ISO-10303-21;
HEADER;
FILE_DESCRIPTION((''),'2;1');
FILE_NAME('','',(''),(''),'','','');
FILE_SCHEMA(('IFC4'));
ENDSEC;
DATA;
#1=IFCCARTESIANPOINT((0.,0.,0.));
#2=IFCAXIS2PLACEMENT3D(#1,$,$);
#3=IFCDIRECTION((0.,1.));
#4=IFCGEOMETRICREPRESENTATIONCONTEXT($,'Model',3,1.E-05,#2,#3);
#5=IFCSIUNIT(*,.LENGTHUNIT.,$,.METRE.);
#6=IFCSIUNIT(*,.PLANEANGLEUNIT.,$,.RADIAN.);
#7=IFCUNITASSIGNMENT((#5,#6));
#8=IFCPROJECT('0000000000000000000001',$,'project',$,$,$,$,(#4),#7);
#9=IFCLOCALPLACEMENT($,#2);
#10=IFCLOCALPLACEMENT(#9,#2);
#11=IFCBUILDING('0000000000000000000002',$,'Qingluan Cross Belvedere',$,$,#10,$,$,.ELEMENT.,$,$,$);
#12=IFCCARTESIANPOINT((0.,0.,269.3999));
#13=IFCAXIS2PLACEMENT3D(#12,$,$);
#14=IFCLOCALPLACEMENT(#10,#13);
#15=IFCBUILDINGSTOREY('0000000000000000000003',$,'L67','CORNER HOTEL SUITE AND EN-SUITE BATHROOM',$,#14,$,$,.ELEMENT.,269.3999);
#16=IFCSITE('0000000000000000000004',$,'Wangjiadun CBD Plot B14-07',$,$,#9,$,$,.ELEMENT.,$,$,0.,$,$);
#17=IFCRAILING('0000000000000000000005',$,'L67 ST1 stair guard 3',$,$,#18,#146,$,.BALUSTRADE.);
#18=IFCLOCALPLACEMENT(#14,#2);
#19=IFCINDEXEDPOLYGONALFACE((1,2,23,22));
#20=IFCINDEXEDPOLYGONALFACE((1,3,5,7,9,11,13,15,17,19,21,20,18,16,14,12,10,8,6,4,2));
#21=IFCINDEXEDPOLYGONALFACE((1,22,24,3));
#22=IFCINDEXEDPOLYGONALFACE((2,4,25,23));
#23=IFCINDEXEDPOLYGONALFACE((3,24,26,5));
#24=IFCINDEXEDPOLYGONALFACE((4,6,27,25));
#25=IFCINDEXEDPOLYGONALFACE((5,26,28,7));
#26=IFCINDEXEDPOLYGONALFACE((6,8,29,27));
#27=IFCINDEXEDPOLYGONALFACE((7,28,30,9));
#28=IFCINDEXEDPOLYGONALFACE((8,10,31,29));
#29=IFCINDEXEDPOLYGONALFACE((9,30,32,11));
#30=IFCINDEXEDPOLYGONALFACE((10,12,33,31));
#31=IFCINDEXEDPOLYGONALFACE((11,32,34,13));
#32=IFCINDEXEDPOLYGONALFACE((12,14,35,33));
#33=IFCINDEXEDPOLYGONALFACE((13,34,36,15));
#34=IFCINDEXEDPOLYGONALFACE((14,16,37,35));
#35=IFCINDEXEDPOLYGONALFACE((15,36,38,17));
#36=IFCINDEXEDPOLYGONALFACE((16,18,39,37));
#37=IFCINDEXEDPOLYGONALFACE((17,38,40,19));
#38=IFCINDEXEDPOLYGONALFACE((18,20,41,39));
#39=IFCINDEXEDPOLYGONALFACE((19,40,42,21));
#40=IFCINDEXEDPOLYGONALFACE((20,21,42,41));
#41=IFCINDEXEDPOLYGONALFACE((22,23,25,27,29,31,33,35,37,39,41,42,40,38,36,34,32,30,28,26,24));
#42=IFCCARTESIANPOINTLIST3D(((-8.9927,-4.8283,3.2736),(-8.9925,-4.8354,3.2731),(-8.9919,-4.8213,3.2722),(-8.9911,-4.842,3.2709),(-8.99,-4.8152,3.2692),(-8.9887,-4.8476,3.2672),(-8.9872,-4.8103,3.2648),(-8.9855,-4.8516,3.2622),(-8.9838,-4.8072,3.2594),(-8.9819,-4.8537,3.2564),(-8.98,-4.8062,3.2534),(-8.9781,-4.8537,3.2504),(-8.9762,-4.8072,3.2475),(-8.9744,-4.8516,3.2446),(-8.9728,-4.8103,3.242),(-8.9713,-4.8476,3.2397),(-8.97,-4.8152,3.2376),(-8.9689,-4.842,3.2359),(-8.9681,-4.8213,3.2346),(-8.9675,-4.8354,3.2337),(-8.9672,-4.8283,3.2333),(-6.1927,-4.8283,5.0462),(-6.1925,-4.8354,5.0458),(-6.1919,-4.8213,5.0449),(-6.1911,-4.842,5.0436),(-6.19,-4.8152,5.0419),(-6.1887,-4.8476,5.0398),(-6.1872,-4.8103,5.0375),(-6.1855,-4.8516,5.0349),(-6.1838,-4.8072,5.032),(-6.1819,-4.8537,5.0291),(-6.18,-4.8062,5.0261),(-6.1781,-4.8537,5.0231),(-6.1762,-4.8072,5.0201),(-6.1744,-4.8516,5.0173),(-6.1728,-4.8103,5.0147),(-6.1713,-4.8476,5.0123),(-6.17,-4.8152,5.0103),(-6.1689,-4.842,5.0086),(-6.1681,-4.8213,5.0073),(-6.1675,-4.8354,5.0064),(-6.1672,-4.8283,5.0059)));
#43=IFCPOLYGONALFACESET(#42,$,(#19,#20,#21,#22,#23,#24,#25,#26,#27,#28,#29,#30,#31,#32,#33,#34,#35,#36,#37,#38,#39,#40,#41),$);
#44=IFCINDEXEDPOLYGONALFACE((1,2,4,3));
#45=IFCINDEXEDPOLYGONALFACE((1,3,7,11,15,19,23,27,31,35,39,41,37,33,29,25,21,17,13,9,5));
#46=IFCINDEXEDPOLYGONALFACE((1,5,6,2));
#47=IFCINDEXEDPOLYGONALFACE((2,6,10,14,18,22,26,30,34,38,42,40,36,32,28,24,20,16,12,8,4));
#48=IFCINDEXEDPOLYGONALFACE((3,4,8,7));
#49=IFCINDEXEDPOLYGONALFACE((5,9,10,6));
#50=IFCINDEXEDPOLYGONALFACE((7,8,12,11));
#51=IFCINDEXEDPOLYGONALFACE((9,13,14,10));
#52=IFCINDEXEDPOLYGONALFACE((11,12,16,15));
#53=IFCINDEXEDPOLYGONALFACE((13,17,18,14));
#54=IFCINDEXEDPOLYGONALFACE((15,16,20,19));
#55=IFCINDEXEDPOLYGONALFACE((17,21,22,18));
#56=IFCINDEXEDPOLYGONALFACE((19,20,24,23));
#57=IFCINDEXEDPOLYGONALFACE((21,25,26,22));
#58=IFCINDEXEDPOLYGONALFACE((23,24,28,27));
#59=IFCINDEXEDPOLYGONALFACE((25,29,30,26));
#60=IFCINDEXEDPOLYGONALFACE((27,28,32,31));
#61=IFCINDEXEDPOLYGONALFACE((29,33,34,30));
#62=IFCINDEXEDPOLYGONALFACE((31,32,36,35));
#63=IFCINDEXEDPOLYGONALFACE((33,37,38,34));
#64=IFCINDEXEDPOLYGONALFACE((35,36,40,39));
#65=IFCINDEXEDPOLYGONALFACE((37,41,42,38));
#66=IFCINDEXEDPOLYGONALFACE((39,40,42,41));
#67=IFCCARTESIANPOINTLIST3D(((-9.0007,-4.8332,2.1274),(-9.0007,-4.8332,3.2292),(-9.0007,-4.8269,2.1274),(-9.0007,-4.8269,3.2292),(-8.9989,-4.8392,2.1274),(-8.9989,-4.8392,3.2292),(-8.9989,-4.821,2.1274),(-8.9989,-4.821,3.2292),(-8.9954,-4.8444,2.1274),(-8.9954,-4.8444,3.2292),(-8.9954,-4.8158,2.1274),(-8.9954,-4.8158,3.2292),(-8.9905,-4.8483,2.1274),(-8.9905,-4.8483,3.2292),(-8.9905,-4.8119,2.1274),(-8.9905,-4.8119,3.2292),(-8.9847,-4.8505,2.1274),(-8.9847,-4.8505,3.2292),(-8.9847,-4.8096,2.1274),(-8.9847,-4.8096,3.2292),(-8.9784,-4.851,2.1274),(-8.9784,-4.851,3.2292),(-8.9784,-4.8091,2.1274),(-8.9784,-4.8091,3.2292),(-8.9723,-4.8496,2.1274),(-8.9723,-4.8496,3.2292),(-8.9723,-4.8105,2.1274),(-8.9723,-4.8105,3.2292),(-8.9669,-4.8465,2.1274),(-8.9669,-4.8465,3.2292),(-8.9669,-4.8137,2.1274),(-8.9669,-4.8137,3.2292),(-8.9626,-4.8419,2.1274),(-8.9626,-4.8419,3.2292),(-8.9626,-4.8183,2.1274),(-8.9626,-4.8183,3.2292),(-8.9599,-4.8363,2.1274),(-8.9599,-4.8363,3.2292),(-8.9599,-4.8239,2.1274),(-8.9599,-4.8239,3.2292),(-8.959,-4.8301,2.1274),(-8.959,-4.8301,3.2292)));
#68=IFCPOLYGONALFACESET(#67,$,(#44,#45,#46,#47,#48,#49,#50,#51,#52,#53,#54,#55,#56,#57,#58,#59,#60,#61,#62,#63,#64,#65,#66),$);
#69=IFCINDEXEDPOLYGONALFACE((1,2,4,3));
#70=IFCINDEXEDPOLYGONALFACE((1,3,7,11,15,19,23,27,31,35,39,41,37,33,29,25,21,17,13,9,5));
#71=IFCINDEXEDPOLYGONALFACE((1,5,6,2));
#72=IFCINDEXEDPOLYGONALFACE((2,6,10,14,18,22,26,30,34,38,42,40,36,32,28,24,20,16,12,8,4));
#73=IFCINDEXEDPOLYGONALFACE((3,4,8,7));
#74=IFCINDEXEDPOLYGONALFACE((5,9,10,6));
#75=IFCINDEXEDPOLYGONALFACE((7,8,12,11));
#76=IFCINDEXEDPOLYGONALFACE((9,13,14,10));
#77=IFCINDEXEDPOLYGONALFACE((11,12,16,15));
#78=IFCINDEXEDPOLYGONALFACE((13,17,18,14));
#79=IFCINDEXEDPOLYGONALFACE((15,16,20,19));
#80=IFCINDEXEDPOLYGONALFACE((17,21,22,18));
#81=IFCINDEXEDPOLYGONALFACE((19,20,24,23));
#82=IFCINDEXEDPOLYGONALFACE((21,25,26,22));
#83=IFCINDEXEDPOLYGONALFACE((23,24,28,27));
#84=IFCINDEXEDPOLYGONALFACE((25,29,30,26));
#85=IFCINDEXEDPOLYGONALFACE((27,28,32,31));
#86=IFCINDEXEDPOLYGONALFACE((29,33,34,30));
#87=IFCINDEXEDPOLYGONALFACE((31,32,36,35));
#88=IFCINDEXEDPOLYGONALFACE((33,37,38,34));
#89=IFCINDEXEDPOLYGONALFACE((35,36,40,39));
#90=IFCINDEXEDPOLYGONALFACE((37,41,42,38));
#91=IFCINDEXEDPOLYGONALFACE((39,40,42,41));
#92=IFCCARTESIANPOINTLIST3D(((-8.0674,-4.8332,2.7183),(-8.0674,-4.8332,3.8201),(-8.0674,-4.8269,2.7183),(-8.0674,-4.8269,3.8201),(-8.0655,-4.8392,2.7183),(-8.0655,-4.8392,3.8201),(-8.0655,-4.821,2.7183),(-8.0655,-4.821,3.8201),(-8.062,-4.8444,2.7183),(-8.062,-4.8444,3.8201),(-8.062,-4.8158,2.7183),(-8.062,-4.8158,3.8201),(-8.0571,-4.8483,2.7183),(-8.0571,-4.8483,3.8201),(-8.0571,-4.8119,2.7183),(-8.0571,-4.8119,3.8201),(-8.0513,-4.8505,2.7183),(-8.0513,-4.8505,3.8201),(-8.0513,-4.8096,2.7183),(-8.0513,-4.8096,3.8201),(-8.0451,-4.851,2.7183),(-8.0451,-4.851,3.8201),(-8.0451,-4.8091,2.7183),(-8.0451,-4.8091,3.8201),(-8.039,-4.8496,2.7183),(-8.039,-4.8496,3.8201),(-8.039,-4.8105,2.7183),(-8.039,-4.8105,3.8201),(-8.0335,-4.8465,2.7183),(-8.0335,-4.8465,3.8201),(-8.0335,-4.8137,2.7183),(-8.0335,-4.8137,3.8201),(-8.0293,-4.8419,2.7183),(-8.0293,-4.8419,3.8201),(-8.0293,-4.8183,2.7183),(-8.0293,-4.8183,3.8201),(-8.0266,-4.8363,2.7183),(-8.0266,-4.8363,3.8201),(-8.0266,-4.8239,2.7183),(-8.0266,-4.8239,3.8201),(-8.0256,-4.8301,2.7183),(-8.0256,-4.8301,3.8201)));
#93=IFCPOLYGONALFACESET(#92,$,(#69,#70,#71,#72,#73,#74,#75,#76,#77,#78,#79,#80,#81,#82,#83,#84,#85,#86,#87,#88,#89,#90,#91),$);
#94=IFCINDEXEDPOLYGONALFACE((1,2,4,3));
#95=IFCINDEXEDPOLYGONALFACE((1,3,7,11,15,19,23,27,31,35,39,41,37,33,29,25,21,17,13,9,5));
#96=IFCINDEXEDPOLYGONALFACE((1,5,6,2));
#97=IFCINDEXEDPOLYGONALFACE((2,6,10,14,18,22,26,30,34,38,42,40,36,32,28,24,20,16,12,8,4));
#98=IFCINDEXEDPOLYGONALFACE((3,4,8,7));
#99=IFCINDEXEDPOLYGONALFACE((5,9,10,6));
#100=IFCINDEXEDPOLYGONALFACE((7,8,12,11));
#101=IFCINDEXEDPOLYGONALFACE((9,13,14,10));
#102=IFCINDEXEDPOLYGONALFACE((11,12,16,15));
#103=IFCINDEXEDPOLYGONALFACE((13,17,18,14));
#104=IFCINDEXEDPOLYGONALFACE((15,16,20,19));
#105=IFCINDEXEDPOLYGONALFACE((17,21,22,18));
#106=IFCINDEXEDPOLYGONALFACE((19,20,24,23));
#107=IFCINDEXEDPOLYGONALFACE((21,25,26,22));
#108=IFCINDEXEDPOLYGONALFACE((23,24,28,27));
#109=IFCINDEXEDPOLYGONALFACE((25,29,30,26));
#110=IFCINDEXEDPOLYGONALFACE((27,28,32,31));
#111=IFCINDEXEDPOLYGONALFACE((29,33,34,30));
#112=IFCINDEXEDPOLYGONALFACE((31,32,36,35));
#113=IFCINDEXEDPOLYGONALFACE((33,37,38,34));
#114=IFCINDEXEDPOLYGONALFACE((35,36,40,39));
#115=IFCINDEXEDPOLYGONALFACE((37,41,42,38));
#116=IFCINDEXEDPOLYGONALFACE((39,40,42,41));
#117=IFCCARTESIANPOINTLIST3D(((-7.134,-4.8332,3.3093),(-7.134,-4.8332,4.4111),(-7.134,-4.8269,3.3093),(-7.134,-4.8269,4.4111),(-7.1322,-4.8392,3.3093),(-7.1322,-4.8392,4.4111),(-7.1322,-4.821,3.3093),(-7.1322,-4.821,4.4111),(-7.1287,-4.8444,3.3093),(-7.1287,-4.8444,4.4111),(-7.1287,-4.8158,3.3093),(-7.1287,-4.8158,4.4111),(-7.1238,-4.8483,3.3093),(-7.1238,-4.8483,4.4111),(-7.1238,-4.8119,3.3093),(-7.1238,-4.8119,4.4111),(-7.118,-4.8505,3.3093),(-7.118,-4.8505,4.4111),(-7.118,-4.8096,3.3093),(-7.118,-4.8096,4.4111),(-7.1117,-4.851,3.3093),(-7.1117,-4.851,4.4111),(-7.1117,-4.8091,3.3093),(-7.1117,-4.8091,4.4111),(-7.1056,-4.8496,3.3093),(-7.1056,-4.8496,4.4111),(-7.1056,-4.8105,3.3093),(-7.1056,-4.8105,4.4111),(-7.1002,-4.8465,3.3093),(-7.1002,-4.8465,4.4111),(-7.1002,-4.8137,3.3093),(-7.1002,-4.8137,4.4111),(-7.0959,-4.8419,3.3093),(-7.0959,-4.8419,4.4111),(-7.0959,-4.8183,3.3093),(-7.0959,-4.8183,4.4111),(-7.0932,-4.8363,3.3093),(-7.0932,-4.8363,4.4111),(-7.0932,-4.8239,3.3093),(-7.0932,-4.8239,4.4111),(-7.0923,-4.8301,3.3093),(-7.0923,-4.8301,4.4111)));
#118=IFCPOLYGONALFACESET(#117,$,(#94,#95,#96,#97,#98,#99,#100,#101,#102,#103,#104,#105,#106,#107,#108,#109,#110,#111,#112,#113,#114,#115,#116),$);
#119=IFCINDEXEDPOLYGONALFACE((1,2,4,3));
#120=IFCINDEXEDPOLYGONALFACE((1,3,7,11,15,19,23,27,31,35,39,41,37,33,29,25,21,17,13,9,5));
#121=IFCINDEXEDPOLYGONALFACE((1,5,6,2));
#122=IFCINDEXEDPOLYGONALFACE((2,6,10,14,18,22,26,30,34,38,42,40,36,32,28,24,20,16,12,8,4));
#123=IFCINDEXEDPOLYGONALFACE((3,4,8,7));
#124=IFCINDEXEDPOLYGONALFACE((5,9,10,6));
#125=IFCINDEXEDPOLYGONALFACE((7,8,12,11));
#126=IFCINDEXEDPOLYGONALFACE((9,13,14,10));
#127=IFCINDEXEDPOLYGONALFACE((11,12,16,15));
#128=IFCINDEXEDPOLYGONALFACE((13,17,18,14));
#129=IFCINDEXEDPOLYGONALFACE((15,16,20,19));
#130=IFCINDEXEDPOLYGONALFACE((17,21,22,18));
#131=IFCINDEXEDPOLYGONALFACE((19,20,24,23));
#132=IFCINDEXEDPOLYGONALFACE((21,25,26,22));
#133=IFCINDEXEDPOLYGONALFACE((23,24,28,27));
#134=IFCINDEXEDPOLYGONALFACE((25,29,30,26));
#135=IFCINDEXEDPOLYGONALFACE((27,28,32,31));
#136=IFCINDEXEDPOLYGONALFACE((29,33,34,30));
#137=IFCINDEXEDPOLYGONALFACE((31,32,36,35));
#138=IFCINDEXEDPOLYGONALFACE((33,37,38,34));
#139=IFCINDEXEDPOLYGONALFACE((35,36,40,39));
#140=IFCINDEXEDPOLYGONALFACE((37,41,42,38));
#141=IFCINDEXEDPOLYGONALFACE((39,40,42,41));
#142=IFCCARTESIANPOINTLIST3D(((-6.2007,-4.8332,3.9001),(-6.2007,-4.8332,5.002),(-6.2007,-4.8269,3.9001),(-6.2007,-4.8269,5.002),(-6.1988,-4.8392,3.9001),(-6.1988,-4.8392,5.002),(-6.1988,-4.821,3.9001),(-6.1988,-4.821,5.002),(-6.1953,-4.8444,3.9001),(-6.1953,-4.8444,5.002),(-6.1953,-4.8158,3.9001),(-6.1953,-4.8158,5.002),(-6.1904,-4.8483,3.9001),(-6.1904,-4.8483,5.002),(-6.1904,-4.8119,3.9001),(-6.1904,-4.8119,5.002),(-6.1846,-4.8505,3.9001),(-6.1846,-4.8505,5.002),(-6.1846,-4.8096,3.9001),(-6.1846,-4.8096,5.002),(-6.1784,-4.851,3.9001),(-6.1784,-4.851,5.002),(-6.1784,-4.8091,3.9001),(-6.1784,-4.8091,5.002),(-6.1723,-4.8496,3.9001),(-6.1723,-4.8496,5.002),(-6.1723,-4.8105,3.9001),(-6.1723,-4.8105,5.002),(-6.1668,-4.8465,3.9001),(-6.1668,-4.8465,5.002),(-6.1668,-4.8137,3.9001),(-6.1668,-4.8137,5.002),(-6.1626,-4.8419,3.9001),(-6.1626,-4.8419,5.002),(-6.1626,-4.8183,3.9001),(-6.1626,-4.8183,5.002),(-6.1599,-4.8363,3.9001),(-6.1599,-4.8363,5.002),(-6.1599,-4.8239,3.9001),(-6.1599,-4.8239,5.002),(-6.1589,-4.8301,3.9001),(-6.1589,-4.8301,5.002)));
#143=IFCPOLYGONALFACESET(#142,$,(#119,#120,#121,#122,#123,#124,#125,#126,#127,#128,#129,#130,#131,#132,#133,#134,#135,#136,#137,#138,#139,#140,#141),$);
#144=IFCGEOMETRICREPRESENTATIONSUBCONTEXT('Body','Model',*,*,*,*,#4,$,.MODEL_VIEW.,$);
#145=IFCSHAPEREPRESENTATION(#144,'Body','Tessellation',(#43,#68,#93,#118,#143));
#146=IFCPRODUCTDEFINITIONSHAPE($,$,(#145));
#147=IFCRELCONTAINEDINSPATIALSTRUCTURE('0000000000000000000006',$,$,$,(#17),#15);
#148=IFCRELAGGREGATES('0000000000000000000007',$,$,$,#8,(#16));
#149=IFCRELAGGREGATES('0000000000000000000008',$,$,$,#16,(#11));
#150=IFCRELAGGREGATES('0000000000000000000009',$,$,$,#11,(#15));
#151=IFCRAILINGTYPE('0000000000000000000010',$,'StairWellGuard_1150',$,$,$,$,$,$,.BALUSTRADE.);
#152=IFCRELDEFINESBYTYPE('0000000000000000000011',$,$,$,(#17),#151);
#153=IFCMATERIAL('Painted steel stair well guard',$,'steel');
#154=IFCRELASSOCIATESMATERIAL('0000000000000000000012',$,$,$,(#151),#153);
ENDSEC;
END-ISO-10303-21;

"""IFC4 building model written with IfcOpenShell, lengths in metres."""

from ifc_helpers import new_model, si_unit, direction, frame, origin, origin_2d, place, context, subcontext, project, spatial, circle, extrude, material, type_object, element, save


model = new_model("IFC4")

# Units and contexts
model_context = context("Model", 3, precision=1e-05, world=origin(), true_north=direction((0.0, 1.0)))
body_context = subcontext(model_context, "Body", "Model", "MODEL_VIEW")
ifc_project = project(units=[si_unit("LENGTHUNIT", "METRE"), si_unit("PLANEANGLEUNIT", "RADIAN")], contexts=[model_context])

# Site, building, storey
site_placement = place(None, origin())
site = spatial("IfcSite", under=ifc_project, at=site_placement, Name="Wangjiadun CBD Plot B14-07", CompositionType="ELEMENT", RefElevation=0.0)
building_placement = place(site_placement, origin())
building = spatial("IfcBuilding", under=site, at=building_placement, Name="Qingluan Cross Belvedere", CompositionType="ELEMENT")
storey_placement = place(building_placement, frame((0.0, 0.0, 269.3999)))
storey = spatial("IfcBuildingStorey", under=building, at=storey_placement, Name="L67", Description="CORNER HOTEL SUITE AND EN-SUITE BATHROOM", CompositionType="ELEMENT", Elevation=269.3999)

# Railing
ifc_material_1 = material(Name="Painted steel stair well guard", Category="steel")
railing_type_1 = type_object("IfcRailingType", Name="StairWellGuard_1150", PredefinedType="BALUSTRADE", material=ifc_material_1)
railing_1_placement = place(storey_placement, frame((-8.98, -4.8301, 2.1274)))
element("IfcRailing", 1, at=railing_1_placement, inside=storey, type_object=railing_type_1, Name="L67 ST1 stair guard 3", PredefinedType="BALUSTRADE", context=body_context, shape_type="SweptSolid", body=[
    extrude(circle(Radius=0.0239, at=origin_2d()), frame((0.0, 0.0, 1.126), z_axis=(0.844909, 0.0, 0.53491), x_axis=(0.0, 1.0, 0.0)), (0.0, 0.0, 1.0), 3.314),
    extrude(circle(Radius=0.021, at=origin_2d()), origin(), (0.0, 0.0, 1.0), 1.1018),
    extrude(circle(Radius=0.021, at=origin_2d()), frame((0.9333, 0.0, 0.5908)), (0.0, 0.0, 1.0), 1.1018),
    extrude(circle(Radius=0.021, at=origin_2d()), frame((1.8667, 0.0, 1.1819)), (0.0, 0.0, 1.0), 1.1018),
    extrude(circle(Radius=0.021, at=origin_2d()), frame((2.8, 0.0, 1.7727)), (0.0, 0.0, 1.0), 1.1018),
])

save(model, "model.ifc")
